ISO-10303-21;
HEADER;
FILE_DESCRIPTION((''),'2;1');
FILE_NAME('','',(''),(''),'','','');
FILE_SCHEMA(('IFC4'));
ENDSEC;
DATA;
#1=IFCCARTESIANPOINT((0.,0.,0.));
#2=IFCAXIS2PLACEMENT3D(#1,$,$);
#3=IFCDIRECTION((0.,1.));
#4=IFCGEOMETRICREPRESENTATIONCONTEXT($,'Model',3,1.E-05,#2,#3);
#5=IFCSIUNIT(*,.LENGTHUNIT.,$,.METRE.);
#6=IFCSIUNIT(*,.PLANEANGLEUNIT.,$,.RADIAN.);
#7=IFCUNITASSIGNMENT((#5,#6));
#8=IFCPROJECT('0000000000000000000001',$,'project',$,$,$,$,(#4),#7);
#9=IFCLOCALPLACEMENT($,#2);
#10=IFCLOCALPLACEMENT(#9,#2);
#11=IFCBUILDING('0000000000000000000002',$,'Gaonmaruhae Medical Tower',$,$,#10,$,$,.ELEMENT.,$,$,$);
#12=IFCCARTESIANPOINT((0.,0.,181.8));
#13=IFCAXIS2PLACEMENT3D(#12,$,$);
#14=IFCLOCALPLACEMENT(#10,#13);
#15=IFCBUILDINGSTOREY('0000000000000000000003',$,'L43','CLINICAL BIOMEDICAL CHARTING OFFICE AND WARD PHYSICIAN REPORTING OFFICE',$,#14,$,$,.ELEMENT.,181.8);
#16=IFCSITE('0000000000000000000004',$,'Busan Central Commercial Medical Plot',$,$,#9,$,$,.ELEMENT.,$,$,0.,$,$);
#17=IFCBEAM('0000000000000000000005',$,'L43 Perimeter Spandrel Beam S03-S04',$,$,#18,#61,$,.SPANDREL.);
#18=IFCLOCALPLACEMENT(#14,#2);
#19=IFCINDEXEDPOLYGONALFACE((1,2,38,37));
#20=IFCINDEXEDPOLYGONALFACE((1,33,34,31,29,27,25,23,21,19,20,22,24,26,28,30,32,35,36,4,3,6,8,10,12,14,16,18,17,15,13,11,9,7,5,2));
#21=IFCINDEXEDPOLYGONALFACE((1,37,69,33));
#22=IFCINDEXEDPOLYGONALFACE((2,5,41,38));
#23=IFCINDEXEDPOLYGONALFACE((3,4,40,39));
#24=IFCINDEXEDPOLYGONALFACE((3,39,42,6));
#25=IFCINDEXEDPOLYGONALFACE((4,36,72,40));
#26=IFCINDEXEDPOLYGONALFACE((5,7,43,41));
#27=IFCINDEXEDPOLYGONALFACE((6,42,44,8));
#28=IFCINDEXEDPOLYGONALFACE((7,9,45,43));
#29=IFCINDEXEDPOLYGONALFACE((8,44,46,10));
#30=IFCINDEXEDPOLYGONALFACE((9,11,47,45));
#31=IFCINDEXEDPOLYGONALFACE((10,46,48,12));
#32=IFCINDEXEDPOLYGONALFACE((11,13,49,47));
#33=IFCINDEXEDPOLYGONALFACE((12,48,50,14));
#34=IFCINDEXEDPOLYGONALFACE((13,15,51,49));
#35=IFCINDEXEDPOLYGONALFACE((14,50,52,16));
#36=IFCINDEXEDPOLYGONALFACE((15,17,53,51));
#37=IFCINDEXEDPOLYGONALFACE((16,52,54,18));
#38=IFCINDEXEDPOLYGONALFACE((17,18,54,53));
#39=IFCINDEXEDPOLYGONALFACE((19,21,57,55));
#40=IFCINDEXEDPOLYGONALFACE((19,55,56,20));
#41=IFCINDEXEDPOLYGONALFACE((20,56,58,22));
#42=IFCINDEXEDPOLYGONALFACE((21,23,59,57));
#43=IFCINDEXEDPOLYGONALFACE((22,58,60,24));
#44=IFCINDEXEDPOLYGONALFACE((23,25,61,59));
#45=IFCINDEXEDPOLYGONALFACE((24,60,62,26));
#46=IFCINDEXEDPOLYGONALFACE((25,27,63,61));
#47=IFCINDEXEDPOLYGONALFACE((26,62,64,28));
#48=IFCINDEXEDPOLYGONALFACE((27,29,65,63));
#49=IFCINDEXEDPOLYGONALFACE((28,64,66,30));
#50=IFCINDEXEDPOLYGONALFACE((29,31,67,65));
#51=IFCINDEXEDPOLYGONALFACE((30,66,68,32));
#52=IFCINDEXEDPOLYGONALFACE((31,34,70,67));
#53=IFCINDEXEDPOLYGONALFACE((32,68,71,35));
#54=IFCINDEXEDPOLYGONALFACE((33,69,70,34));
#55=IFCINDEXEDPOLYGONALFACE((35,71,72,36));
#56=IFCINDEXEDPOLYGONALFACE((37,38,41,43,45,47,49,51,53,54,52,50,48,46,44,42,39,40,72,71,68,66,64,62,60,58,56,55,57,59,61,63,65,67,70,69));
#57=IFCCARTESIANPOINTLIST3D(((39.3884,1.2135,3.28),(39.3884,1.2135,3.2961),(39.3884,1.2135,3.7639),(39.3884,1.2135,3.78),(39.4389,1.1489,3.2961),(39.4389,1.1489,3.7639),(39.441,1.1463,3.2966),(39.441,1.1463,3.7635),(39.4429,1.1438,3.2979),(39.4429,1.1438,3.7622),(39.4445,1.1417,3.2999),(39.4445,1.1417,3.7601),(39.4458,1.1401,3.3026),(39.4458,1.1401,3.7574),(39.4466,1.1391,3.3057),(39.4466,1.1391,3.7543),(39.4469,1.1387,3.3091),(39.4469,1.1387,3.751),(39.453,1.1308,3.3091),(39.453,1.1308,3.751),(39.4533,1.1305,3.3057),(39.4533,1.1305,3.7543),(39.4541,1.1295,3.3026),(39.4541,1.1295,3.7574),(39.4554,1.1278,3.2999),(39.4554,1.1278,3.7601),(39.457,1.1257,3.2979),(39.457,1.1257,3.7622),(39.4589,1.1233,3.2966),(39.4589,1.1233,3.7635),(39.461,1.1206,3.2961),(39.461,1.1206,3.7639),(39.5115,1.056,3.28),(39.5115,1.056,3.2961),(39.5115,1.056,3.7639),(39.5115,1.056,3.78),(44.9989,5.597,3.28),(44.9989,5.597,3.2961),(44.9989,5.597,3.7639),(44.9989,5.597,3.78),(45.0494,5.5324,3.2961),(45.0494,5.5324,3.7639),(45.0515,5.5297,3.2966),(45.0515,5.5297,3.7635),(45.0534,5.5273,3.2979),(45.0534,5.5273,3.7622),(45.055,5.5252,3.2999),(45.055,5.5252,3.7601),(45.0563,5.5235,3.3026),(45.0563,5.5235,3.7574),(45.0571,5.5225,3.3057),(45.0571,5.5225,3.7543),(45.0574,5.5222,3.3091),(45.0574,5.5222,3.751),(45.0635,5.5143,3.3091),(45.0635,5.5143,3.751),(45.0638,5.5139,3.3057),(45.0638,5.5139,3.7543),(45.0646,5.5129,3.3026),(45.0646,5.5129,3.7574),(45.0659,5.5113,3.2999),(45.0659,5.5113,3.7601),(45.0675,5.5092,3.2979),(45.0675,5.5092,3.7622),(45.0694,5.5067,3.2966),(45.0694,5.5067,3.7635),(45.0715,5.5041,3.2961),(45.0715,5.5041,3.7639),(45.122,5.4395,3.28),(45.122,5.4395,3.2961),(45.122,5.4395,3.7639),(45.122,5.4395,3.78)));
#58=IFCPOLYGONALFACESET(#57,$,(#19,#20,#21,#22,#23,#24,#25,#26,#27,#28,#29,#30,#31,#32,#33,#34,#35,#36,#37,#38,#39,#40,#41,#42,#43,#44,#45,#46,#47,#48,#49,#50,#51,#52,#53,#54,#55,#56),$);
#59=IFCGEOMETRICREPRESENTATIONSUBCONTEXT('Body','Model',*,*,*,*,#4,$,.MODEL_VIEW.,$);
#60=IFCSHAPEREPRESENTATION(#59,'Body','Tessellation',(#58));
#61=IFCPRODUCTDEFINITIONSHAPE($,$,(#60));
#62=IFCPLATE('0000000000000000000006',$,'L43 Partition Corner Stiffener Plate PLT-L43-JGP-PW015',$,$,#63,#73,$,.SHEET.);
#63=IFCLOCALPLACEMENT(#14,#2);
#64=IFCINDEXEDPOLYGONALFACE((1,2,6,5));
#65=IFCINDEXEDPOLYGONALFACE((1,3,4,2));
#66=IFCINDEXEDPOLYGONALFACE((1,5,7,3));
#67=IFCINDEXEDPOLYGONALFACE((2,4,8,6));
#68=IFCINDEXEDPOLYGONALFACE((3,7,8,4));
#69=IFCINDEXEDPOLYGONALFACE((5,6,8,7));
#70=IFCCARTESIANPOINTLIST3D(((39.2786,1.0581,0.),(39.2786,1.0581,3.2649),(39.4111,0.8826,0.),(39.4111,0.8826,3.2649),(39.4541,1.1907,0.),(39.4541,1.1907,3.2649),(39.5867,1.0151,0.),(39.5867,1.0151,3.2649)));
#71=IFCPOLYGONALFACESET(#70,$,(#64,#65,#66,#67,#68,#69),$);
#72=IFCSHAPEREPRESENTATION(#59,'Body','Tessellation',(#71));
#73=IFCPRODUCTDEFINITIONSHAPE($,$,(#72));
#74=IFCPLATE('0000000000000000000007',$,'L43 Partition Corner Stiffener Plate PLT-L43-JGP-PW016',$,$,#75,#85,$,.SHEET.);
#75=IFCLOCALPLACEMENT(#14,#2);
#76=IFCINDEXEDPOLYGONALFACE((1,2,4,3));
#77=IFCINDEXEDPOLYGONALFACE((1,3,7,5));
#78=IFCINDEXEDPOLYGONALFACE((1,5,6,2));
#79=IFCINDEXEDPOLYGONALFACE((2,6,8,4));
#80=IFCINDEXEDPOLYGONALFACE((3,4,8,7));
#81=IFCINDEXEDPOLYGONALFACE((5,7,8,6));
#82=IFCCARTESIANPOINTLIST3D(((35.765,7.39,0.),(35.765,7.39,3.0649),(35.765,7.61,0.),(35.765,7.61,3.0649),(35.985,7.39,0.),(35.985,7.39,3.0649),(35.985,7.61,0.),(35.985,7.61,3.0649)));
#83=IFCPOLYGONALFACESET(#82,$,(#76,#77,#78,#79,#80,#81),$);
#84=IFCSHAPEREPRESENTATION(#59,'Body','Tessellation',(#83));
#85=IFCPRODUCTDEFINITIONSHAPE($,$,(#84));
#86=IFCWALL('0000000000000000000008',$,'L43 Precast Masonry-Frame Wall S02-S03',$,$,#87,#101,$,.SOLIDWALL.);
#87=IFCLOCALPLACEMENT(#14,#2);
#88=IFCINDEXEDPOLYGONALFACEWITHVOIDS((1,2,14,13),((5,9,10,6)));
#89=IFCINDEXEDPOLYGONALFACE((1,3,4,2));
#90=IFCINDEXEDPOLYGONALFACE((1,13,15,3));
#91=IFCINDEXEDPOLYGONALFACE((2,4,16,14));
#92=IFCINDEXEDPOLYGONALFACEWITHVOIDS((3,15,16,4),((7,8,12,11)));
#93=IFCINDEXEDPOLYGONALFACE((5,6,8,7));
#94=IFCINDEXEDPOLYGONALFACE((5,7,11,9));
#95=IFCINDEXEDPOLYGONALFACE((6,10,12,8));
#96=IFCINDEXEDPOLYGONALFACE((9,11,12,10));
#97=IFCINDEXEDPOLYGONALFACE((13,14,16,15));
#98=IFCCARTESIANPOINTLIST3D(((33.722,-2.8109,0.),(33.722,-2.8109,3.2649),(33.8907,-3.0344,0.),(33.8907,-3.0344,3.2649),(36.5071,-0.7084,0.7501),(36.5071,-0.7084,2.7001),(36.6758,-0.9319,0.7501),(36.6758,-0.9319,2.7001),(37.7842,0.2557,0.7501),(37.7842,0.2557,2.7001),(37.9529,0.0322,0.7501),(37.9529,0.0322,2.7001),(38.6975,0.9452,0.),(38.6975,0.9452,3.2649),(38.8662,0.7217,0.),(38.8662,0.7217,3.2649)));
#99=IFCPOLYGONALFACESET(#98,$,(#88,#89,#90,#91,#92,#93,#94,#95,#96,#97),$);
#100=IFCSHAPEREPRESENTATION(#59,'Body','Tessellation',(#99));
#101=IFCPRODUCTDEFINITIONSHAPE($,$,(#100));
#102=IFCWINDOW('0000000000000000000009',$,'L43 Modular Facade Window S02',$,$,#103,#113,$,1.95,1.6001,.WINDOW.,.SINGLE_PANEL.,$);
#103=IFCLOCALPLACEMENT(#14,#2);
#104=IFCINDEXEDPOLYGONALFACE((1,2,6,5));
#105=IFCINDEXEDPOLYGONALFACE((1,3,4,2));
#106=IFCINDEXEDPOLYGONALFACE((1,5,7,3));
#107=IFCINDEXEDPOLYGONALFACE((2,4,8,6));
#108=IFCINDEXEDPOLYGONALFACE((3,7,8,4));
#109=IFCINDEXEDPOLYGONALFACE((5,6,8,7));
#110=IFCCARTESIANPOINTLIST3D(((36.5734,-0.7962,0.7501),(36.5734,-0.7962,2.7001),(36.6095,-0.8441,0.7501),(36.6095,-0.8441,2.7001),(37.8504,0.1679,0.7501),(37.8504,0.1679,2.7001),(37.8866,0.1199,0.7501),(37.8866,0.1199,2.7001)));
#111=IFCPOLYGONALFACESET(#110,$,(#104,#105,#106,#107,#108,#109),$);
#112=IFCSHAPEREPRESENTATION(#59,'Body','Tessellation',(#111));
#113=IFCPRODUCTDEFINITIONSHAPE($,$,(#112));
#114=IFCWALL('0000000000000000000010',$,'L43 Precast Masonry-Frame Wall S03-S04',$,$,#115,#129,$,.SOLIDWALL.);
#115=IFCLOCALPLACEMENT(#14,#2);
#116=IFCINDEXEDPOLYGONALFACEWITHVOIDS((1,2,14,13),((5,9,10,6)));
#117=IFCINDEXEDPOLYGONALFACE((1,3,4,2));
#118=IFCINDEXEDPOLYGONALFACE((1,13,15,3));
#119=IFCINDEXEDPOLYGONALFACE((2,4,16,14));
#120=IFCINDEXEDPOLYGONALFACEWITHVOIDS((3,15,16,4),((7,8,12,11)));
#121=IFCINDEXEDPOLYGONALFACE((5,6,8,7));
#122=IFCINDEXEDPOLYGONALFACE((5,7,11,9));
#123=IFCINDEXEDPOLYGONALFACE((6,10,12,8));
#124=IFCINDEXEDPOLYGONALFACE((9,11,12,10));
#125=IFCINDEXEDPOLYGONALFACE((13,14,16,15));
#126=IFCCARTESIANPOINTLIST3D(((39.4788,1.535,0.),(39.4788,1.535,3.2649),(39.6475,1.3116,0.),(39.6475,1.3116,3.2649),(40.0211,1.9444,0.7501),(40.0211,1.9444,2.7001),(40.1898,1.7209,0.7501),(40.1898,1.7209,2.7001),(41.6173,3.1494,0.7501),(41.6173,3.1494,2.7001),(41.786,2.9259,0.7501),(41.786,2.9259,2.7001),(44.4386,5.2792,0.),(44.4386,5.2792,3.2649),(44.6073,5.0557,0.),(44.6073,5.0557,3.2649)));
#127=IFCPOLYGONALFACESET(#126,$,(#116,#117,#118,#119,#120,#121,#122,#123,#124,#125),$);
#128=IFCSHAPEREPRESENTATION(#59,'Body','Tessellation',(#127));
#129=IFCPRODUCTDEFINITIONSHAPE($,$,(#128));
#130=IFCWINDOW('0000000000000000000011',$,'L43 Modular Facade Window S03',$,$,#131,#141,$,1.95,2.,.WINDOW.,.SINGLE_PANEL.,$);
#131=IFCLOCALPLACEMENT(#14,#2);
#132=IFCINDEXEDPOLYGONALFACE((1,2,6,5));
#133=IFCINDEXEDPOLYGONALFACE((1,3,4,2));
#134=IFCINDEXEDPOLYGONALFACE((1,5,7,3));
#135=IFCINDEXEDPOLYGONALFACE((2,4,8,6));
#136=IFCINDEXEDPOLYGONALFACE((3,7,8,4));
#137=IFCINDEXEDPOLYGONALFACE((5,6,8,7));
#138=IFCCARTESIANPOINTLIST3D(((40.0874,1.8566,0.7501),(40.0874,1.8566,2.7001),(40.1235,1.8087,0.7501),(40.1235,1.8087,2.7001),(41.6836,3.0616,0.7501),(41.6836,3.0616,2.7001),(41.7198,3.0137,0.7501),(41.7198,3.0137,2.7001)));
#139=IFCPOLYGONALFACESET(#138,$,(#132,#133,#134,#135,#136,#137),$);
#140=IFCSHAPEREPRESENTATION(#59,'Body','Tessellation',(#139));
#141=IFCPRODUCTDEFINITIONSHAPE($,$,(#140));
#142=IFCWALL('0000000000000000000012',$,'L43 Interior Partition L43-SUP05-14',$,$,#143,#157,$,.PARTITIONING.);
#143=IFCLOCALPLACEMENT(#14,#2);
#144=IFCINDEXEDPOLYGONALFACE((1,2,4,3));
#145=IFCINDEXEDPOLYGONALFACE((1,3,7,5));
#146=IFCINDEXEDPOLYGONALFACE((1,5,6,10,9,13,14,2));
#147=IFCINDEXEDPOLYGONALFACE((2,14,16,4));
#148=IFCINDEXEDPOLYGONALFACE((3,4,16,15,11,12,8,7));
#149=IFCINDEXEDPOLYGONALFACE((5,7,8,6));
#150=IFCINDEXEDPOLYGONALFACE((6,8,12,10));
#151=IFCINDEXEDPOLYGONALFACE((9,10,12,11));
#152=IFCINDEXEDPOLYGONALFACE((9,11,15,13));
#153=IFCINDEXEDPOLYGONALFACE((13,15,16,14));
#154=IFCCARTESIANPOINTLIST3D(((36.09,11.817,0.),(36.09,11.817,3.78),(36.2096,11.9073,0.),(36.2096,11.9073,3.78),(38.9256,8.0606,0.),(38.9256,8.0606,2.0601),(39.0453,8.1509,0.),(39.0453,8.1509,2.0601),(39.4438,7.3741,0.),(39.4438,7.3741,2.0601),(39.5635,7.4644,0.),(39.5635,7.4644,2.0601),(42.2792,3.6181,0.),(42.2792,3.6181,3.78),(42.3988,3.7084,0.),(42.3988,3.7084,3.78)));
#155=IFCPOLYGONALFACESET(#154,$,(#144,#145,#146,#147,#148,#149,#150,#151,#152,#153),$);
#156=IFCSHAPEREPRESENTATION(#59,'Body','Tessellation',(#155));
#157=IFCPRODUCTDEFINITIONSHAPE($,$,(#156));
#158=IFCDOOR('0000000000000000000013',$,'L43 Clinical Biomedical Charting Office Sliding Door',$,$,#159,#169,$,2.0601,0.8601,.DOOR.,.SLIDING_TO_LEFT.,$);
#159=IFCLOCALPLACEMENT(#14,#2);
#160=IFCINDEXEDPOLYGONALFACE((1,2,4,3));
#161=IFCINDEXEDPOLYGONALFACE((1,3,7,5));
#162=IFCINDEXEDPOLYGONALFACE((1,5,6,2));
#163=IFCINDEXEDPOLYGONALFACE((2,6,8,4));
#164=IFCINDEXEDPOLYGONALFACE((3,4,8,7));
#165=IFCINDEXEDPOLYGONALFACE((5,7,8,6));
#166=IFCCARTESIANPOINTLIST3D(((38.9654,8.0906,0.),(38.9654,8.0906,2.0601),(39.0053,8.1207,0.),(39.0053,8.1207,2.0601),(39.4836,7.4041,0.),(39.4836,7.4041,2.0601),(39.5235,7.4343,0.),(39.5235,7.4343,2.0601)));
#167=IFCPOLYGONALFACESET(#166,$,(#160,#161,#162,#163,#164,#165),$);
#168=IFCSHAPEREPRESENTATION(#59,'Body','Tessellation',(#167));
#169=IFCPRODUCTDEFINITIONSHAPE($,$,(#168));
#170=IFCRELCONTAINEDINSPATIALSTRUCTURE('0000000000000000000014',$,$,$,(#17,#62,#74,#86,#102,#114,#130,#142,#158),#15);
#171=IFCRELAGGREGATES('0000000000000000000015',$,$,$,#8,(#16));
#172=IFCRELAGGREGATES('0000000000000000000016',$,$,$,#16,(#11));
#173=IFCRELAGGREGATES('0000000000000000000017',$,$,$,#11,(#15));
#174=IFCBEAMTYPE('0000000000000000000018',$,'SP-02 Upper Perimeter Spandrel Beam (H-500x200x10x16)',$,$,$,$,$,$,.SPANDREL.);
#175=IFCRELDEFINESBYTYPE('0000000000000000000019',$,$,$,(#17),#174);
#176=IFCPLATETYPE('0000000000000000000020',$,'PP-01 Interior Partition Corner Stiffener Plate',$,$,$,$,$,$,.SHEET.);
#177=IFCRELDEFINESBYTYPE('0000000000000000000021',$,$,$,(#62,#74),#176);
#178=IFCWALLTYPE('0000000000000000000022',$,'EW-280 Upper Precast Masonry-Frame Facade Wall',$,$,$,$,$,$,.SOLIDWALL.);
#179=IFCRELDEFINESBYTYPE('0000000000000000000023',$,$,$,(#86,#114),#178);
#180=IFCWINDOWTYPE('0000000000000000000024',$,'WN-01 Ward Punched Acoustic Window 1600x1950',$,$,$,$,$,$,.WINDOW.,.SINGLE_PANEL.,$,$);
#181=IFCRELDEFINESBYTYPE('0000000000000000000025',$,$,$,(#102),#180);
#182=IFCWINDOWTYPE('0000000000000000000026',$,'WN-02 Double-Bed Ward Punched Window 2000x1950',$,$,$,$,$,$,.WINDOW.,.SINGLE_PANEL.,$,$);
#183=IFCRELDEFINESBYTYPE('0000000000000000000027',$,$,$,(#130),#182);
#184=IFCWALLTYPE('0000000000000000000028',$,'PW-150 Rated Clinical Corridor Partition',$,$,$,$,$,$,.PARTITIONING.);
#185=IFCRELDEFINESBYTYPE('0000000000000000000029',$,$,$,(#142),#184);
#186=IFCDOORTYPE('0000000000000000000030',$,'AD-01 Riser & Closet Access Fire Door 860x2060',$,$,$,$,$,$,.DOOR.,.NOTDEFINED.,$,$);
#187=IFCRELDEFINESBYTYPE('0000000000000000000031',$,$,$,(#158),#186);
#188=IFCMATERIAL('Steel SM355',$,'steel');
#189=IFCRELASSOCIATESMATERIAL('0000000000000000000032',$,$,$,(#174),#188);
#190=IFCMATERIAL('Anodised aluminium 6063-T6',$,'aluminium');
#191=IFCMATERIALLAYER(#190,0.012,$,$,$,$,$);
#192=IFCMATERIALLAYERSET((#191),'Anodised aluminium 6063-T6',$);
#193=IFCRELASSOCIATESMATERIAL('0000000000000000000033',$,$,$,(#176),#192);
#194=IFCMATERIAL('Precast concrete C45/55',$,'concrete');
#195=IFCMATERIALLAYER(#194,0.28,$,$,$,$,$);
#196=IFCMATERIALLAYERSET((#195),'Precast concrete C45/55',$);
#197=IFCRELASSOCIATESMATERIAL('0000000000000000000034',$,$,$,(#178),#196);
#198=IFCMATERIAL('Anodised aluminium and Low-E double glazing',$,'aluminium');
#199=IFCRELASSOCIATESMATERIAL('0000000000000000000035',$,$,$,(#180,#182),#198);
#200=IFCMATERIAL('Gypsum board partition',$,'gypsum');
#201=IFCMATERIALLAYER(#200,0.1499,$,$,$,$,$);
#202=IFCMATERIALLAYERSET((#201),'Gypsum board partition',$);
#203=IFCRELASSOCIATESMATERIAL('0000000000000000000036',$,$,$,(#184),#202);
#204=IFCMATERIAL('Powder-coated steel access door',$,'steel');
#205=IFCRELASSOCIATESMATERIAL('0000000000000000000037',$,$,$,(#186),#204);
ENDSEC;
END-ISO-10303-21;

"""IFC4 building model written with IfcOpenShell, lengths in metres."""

from ifc_helpers import new_model, si_unit, direction, frame, frame_2d, origin, origin_2d, place, context, subcontext, project, spatial, rectangle, i_section, extrude, material, layer, layer_set, material_profile, profile_set, type_object, element, fill, save


model = new_model("IFC4")

# Units and contexts
model_context = context("Model", 3, precision=1e-05, world=origin(), true_north=direction((0.0, 1.0)))
body_context = subcontext(model_context, "Body", "Model", "MODEL_VIEW")
ifc_project = project(units=[si_unit("LENGTHUNIT", "METRE"), si_unit("PLANEANGLEUNIT", "RADIAN")], contexts=[model_context])

# Site, building, storey
site_placement = place(None, origin())
site = spatial("IfcSite", under=ifc_project, at=site_placement, Name="Busan Central Commercial Medical Plot", CompositionType="ELEMENT", RefElevation=0.0)
building_placement = place(site_placement, origin())
building = spatial("IfcBuilding", under=site, at=building_placement, Name="Gaonmaruhae Medical Tower", CompositionType="ELEMENT")
storey_placement = place(building_placement, frame((0.0, 0.0, 181.8)))
storey = spatial("IfcBuildingStorey", under=building, at=storey_placement, Name="L43", Description="CLINICAL BIOMEDICAL CHARTING OFFICE AND WARD PHYSICIAN REPORTING OFFICE", CompositionType="ELEMENT", Elevation=181.8)

# Beam
ifc_material_1 = material(Name="Steel SM355", Category="steel")
ifc_material_profile_1 = material_profile(ifc_material_1, i_section(OverallWidth=0.2, OverallDepth=0.5, WebThickness=0.01, FlangeThickness=0.0161, FilletRadius=0.0129, at=origin_2d()), Name="H-500x200x10x16")
ifc_profile_set_1 = profile_set([ifc_material_profile_1], Name="Steel SM355")
beam_type_1 = type_object("IfcBeamType", Name="SP-02 Upper Perimeter Spandrel Beam (H-500x200x10x16)", PredefinedType="SPANDREL", material=ifc_profile_set_1)
beam_1_placement = place(storey_placement, frame((39.45, 1.1348, 3.53), z_axis=(0.788006, 0.615667, 0.0), x_axis=(-0.615667, 0.788006, 0.0)))
element("IfcBeam", 1, at=beam_1_placement, inside=storey, type_object=beam_type_1, Name="L43 Perimeter Spandrel Beam S03-S04", PredefinedType="SPANDREL", context=body_context, shape_type="SweptSolid", body=[
    extrude(i_section(OverallWidth=0.2, OverallDepth=0.5, WebThickness=0.01, FlangeThickness=0.0161, FilletRadius=0.0129, at=origin_2d()), origin(), (0.0, 0.0, 1.0), 7.1199),
])

# Plates
ifc_material_2 = material(Name="Anodised aluminium 6063-T6", Category="aluminium")
ifc_layer_1 = layer(ifc_material_2, 0.012)
ifc_layer_set_1 = layer_set([ifc_layer_1], Name="Anodised aluminium 6063-T6")
plate_type = type_object("IfcPlateType", Name="PP-01 Interior Partition Corner Stiffener Plate", PredefinedType="SHEET", material=ifc_layer_set_1)
plate_1_placement = place(storey_placement, frame((39.4326, 1.0366, 0.0), z_axis=(0.0, 0.0, 1.0), x_axis=(-0.798036, -0.602609, 0.0)))
element("IfcPlate", 2, at=plate_1_placement, inside=storey, type_object=plate_type, Name="L43 Partition Corner Stiffener Plate PLT-L43-JGP-PW015", PredefinedType="SHEET", context=body_context, shape_type="SweptSolid", body=[
    extrude(rectangle(XDim=0.22, YDim=0.22, at=origin_2d()), origin(), (0.0, 0.0, 1.0), 3.2649),
])
plate_2_placement = place(storey_placement, frame((35.875, 7.5, 0.0), z_axis=(0.0, 0.0, 1.0), x_axis=(1.0, 0.0, 0.0)))
element("IfcPlate", 3, at=plate_2_placement, inside=storey, type_object=plate_type, Name="L43 Partition Corner Stiffener Plate PLT-L43-JGP-PW016", PredefinedType="SHEET", context=body_context, shape_type="SweptSolid", body=[
    extrude(rectangle(XDim=0.22, YDim=0.22, at=origin_2d()), origin(), (0.0, 0.0, 1.0), 3.0649),
])

# Walls, openings, windows
ifc_material_3 = material(Name="Precast concrete C45/55", Category="concrete")
ifc_layer_2 = layer(ifc_material_3, 0.28)
ifc_layer_set_2 = layer_set([ifc_layer_2], Name="Precast concrete C45/55")
wall_type_1 = type_object("IfcWallType", Name="EW-280 Upper Precast Masonry-Frame Facade Wall", PredefinedType="SOLIDWALL", material=ifc_layer_set_2)
wall_1_placement = place(storey_placement, frame((38.782, 0.8335, 0.0), z_axis=(0.0, 0.0, 1.0), x_axis=(-0.798116, -0.602503, 0.0)))
wall_1 = element("IfcWall", 4, at=wall_1_placement, inside=storey, type_object=wall_type_1, Name="L43 Precast Masonry-Frame Wall S02-S03", PredefinedType="SOLIDWALL", context=body_context, shape_type="SweptSolid", body=[
    extrude(rectangle(XDim=6.2341, YDim=0.28, at=frame_2d((3.1172, 0.0))), origin(), (0.0, 0.0, 1.0), 3.2649),
])
opening_1_placement = place(wall_1_placement, frame((1.1445, 0.0, 0.75)))
opening_1 = element("IfcOpeningElement", 5, at=opening_1_placement, cuts=wall_1, PredefinedType="OPENING", context=body_context, shape_type="SweptSolid", body=[
    extrude(rectangle(XDim=1.6001, YDim=1.95, at=frame_2d((0.8, 0.9751))), frame((0.0, 0.1499, 0.0), z_axis=(0.0, -1.0, 0.0), x_axis=(1.0, 0.0, 0.0)), (0.0, 0.0, 1.0), 0.3),
])
ifc_material_4 = material(Name="Anodised aluminium and Low-E double glazing", Category="aluminium")
window_type_1 = type_object("IfcWindowType", Name="WN-01 Ward Punched Acoustic Window 1600x1950", PartitioningType="SINGLE_PANEL", PredefinedType="WINDOW", material=ifc_material_4)
window_1_placement = place(opening_1_placement, origin())
window_1 = element("IfcWindow", 6, at=window_1_placement, inside=storey, type_object=window_type_1, Name="L43 Modular Facade Window S02", OverallHeight=1.95, OverallWidth=1.6001, PartitioningType="SINGLE_PANEL", PredefinedType="WINDOW", context=body_context, shape_type="SweptSolid", body=[
    extrude(rectangle(XDim=1.6001, YDim=1.95, at=frame_2d((0.8, 0.9751))), frame((0.0, 0.03, 0.0), z_axis=(0.0, -1.0, 0.0), x_axis=(1.0, 0.0, 0.0)), (0.0, 0.0, 1.0), 0.0601),
])
fill(opening_1, window_1)
wall_2_placement = place(storey_placement, frame((44.5229, 5.1675, 0.0), z_axis=(0.0, 0.0, 1.0), x_axis=(-0.798115, -0.602505, 0.0)))
wall_2 = element("IfcWall", 7, at=wall_2_placement, inside=storey, type_object=wall_type_1, Name="L43 Precast Masonry-Frame Wall S03-S04", PredefinedType="SOLIDWALL", context=body_context, shape_type="SweptSolid", body=[
    extrude(rectangle(XDim=6.2144, YDim=0.28, at=frame_2d((3.1072, 0.0))), origin(), (0.0, 0.0, 1.0), 3.2649),
])
opening_2_placement = place(wall_2_placement, frame((3.5349, 0.0, 0.75)))
opening_2 = element("IfcOpeningElement", 8, at=opening_2_placement, cuts=wall_2, PredefinedType="OPENING", context=body_context, shape_type="SweptSolid", body=[
    extrude(rectangle(XDim=2.0, YDim=1.95, at=frame_2d((1.0, 0.9751))), frame((0.0, 0.1499, 0.0), z_axis=(0.0, -1.0, 0.0), x_axis=(1.0, 0.0, 0.0)), (0.0, 0.0, 1.0), 0.3),
])
window_type_2 = type_object("IfcWindowType", Name="WN-02 Double-Bed Ward Punched Window 2000x1950", PartitioningType="SINGLE_PANEL", PredefinedType="WINDOW", material=ifc_material_4)
window_2_placement = place(opening_2_placement, origin())
window_2 = element("IfcWindow", 9, at=window_2_placement, inside=storey, type_object=window_type_2, Name="L43 Modular Facade Window S03", OverallHeight=1.95, OverallWidth=2.0, PartitioningType="SINGLE_PANEL", PredefinedType="WINDOW", context=body_context, shape_type="SweptSolid", body=[
    extrude(rectangle(XDim=2.0, YDim=1.95, at=frame_2d((1.0, 0.9751))), frame((0.0, 0.03, 0.0), z_axis=(0.0, -1.0, 0.0), x_axis=(1.0, 0.0, 0.0)), (0.0, 0.0, 1.0), 0.0601),
])
fill(opening_2, window_2)

# Wall, opening, door
ifc_material_5 = material(Name="Gypsum board partition", Category="gypsum")
ifc_layer_3 = layer(ifc_material_5, 0.1499)
ifc_layer_set_3 = layer_set([ifc_layer_3], Name="Gypsum board partition")
wall_type_2 = type_object("IfcWallType", Name="PW-150 Rated Clinical Corridor Partition", PredefinedType="PARTITIONING", material=ifc_layer_set_3)
wall_3_placement = place(storey_placement, frame((36.1499, 11.8621, 0.0), z_axis=(0.0, 0.0, 1.0), x_axis=(0.602488, -0.798128, 0.0)))
wall_3 = element("IfcWall", 10, at=wall_3_placement, inside=storey, type_object=wall_type_2, Name="L43 Interior Partition L43-SUP05-14", PredefinedType="PARTITIONING", context=body_context, shape_type="SweptSolid", body=[
    extrude(rectangle(XDim=10.2727, YDim=0.1499, at=frame_2d((5.1362, 0.0))), origin(), (0.0, 0.0, 1.0), 3.78),
])
opening_3_placement = place(wall_3_placement, frame((4.7063, 0.0, 0.0)))
opening_3 = element("IfcOpeningElement", 11, at=opening_3_placement, cuts=wall_3, PredefinedType="OPENING", context=body_context, shape_type="SweptSolid", body=[
    extrude(rectangle(XDim=0.8601, YDim=2.0601, at=frame_2d((0.4302, 1.03))), frame((0.0, 0.085, 0.0), z_axis=(0.0, -1.0, 0.0), x_axis=(1.0, 0.0, 0.0)), (0.0, 0.0, 1.0), 0.1699),
])
ifc_material_6 = material(Name="Powder-coated steel access door", Category="steel")
door_type_1 = type_object("IfcDoorType", Name="AD-01 Riser & Closet Access Fire Door 860x2060", OperationType="NOTDEFINED", PredefinedType="DOOR", material=ifc_material_6)
door_1_placement = place(opening_3_placement, origin())
door_1 = element("IfcDoor", 12, at=door_1_placement, inside=storey, type_object=door_type_1, Name="L43 Clinical Biomedical Charting Office Sliding Door", OperationType="SLIDING_TO_LEFT", OverallHeight=2.0601, OverallWidth=0.8601, PredefinedType="DOOR", context=body_context, shape_type="SweptSolid", body=[
    extrude(rectangle(XDim=0.8601, YDim=2.0601, at=frame_2d((0.4302, 1.03))), frame((0.0, 0.0249, 0.0), z_axis=(0.0, -1.0, 0.0), x_axis=(1.0, 0.0, 0.0)), (0.0, 0.0, 1.0), 0.05),
])
fill(opening_3, door_1)

save(model, "model.ifc")
